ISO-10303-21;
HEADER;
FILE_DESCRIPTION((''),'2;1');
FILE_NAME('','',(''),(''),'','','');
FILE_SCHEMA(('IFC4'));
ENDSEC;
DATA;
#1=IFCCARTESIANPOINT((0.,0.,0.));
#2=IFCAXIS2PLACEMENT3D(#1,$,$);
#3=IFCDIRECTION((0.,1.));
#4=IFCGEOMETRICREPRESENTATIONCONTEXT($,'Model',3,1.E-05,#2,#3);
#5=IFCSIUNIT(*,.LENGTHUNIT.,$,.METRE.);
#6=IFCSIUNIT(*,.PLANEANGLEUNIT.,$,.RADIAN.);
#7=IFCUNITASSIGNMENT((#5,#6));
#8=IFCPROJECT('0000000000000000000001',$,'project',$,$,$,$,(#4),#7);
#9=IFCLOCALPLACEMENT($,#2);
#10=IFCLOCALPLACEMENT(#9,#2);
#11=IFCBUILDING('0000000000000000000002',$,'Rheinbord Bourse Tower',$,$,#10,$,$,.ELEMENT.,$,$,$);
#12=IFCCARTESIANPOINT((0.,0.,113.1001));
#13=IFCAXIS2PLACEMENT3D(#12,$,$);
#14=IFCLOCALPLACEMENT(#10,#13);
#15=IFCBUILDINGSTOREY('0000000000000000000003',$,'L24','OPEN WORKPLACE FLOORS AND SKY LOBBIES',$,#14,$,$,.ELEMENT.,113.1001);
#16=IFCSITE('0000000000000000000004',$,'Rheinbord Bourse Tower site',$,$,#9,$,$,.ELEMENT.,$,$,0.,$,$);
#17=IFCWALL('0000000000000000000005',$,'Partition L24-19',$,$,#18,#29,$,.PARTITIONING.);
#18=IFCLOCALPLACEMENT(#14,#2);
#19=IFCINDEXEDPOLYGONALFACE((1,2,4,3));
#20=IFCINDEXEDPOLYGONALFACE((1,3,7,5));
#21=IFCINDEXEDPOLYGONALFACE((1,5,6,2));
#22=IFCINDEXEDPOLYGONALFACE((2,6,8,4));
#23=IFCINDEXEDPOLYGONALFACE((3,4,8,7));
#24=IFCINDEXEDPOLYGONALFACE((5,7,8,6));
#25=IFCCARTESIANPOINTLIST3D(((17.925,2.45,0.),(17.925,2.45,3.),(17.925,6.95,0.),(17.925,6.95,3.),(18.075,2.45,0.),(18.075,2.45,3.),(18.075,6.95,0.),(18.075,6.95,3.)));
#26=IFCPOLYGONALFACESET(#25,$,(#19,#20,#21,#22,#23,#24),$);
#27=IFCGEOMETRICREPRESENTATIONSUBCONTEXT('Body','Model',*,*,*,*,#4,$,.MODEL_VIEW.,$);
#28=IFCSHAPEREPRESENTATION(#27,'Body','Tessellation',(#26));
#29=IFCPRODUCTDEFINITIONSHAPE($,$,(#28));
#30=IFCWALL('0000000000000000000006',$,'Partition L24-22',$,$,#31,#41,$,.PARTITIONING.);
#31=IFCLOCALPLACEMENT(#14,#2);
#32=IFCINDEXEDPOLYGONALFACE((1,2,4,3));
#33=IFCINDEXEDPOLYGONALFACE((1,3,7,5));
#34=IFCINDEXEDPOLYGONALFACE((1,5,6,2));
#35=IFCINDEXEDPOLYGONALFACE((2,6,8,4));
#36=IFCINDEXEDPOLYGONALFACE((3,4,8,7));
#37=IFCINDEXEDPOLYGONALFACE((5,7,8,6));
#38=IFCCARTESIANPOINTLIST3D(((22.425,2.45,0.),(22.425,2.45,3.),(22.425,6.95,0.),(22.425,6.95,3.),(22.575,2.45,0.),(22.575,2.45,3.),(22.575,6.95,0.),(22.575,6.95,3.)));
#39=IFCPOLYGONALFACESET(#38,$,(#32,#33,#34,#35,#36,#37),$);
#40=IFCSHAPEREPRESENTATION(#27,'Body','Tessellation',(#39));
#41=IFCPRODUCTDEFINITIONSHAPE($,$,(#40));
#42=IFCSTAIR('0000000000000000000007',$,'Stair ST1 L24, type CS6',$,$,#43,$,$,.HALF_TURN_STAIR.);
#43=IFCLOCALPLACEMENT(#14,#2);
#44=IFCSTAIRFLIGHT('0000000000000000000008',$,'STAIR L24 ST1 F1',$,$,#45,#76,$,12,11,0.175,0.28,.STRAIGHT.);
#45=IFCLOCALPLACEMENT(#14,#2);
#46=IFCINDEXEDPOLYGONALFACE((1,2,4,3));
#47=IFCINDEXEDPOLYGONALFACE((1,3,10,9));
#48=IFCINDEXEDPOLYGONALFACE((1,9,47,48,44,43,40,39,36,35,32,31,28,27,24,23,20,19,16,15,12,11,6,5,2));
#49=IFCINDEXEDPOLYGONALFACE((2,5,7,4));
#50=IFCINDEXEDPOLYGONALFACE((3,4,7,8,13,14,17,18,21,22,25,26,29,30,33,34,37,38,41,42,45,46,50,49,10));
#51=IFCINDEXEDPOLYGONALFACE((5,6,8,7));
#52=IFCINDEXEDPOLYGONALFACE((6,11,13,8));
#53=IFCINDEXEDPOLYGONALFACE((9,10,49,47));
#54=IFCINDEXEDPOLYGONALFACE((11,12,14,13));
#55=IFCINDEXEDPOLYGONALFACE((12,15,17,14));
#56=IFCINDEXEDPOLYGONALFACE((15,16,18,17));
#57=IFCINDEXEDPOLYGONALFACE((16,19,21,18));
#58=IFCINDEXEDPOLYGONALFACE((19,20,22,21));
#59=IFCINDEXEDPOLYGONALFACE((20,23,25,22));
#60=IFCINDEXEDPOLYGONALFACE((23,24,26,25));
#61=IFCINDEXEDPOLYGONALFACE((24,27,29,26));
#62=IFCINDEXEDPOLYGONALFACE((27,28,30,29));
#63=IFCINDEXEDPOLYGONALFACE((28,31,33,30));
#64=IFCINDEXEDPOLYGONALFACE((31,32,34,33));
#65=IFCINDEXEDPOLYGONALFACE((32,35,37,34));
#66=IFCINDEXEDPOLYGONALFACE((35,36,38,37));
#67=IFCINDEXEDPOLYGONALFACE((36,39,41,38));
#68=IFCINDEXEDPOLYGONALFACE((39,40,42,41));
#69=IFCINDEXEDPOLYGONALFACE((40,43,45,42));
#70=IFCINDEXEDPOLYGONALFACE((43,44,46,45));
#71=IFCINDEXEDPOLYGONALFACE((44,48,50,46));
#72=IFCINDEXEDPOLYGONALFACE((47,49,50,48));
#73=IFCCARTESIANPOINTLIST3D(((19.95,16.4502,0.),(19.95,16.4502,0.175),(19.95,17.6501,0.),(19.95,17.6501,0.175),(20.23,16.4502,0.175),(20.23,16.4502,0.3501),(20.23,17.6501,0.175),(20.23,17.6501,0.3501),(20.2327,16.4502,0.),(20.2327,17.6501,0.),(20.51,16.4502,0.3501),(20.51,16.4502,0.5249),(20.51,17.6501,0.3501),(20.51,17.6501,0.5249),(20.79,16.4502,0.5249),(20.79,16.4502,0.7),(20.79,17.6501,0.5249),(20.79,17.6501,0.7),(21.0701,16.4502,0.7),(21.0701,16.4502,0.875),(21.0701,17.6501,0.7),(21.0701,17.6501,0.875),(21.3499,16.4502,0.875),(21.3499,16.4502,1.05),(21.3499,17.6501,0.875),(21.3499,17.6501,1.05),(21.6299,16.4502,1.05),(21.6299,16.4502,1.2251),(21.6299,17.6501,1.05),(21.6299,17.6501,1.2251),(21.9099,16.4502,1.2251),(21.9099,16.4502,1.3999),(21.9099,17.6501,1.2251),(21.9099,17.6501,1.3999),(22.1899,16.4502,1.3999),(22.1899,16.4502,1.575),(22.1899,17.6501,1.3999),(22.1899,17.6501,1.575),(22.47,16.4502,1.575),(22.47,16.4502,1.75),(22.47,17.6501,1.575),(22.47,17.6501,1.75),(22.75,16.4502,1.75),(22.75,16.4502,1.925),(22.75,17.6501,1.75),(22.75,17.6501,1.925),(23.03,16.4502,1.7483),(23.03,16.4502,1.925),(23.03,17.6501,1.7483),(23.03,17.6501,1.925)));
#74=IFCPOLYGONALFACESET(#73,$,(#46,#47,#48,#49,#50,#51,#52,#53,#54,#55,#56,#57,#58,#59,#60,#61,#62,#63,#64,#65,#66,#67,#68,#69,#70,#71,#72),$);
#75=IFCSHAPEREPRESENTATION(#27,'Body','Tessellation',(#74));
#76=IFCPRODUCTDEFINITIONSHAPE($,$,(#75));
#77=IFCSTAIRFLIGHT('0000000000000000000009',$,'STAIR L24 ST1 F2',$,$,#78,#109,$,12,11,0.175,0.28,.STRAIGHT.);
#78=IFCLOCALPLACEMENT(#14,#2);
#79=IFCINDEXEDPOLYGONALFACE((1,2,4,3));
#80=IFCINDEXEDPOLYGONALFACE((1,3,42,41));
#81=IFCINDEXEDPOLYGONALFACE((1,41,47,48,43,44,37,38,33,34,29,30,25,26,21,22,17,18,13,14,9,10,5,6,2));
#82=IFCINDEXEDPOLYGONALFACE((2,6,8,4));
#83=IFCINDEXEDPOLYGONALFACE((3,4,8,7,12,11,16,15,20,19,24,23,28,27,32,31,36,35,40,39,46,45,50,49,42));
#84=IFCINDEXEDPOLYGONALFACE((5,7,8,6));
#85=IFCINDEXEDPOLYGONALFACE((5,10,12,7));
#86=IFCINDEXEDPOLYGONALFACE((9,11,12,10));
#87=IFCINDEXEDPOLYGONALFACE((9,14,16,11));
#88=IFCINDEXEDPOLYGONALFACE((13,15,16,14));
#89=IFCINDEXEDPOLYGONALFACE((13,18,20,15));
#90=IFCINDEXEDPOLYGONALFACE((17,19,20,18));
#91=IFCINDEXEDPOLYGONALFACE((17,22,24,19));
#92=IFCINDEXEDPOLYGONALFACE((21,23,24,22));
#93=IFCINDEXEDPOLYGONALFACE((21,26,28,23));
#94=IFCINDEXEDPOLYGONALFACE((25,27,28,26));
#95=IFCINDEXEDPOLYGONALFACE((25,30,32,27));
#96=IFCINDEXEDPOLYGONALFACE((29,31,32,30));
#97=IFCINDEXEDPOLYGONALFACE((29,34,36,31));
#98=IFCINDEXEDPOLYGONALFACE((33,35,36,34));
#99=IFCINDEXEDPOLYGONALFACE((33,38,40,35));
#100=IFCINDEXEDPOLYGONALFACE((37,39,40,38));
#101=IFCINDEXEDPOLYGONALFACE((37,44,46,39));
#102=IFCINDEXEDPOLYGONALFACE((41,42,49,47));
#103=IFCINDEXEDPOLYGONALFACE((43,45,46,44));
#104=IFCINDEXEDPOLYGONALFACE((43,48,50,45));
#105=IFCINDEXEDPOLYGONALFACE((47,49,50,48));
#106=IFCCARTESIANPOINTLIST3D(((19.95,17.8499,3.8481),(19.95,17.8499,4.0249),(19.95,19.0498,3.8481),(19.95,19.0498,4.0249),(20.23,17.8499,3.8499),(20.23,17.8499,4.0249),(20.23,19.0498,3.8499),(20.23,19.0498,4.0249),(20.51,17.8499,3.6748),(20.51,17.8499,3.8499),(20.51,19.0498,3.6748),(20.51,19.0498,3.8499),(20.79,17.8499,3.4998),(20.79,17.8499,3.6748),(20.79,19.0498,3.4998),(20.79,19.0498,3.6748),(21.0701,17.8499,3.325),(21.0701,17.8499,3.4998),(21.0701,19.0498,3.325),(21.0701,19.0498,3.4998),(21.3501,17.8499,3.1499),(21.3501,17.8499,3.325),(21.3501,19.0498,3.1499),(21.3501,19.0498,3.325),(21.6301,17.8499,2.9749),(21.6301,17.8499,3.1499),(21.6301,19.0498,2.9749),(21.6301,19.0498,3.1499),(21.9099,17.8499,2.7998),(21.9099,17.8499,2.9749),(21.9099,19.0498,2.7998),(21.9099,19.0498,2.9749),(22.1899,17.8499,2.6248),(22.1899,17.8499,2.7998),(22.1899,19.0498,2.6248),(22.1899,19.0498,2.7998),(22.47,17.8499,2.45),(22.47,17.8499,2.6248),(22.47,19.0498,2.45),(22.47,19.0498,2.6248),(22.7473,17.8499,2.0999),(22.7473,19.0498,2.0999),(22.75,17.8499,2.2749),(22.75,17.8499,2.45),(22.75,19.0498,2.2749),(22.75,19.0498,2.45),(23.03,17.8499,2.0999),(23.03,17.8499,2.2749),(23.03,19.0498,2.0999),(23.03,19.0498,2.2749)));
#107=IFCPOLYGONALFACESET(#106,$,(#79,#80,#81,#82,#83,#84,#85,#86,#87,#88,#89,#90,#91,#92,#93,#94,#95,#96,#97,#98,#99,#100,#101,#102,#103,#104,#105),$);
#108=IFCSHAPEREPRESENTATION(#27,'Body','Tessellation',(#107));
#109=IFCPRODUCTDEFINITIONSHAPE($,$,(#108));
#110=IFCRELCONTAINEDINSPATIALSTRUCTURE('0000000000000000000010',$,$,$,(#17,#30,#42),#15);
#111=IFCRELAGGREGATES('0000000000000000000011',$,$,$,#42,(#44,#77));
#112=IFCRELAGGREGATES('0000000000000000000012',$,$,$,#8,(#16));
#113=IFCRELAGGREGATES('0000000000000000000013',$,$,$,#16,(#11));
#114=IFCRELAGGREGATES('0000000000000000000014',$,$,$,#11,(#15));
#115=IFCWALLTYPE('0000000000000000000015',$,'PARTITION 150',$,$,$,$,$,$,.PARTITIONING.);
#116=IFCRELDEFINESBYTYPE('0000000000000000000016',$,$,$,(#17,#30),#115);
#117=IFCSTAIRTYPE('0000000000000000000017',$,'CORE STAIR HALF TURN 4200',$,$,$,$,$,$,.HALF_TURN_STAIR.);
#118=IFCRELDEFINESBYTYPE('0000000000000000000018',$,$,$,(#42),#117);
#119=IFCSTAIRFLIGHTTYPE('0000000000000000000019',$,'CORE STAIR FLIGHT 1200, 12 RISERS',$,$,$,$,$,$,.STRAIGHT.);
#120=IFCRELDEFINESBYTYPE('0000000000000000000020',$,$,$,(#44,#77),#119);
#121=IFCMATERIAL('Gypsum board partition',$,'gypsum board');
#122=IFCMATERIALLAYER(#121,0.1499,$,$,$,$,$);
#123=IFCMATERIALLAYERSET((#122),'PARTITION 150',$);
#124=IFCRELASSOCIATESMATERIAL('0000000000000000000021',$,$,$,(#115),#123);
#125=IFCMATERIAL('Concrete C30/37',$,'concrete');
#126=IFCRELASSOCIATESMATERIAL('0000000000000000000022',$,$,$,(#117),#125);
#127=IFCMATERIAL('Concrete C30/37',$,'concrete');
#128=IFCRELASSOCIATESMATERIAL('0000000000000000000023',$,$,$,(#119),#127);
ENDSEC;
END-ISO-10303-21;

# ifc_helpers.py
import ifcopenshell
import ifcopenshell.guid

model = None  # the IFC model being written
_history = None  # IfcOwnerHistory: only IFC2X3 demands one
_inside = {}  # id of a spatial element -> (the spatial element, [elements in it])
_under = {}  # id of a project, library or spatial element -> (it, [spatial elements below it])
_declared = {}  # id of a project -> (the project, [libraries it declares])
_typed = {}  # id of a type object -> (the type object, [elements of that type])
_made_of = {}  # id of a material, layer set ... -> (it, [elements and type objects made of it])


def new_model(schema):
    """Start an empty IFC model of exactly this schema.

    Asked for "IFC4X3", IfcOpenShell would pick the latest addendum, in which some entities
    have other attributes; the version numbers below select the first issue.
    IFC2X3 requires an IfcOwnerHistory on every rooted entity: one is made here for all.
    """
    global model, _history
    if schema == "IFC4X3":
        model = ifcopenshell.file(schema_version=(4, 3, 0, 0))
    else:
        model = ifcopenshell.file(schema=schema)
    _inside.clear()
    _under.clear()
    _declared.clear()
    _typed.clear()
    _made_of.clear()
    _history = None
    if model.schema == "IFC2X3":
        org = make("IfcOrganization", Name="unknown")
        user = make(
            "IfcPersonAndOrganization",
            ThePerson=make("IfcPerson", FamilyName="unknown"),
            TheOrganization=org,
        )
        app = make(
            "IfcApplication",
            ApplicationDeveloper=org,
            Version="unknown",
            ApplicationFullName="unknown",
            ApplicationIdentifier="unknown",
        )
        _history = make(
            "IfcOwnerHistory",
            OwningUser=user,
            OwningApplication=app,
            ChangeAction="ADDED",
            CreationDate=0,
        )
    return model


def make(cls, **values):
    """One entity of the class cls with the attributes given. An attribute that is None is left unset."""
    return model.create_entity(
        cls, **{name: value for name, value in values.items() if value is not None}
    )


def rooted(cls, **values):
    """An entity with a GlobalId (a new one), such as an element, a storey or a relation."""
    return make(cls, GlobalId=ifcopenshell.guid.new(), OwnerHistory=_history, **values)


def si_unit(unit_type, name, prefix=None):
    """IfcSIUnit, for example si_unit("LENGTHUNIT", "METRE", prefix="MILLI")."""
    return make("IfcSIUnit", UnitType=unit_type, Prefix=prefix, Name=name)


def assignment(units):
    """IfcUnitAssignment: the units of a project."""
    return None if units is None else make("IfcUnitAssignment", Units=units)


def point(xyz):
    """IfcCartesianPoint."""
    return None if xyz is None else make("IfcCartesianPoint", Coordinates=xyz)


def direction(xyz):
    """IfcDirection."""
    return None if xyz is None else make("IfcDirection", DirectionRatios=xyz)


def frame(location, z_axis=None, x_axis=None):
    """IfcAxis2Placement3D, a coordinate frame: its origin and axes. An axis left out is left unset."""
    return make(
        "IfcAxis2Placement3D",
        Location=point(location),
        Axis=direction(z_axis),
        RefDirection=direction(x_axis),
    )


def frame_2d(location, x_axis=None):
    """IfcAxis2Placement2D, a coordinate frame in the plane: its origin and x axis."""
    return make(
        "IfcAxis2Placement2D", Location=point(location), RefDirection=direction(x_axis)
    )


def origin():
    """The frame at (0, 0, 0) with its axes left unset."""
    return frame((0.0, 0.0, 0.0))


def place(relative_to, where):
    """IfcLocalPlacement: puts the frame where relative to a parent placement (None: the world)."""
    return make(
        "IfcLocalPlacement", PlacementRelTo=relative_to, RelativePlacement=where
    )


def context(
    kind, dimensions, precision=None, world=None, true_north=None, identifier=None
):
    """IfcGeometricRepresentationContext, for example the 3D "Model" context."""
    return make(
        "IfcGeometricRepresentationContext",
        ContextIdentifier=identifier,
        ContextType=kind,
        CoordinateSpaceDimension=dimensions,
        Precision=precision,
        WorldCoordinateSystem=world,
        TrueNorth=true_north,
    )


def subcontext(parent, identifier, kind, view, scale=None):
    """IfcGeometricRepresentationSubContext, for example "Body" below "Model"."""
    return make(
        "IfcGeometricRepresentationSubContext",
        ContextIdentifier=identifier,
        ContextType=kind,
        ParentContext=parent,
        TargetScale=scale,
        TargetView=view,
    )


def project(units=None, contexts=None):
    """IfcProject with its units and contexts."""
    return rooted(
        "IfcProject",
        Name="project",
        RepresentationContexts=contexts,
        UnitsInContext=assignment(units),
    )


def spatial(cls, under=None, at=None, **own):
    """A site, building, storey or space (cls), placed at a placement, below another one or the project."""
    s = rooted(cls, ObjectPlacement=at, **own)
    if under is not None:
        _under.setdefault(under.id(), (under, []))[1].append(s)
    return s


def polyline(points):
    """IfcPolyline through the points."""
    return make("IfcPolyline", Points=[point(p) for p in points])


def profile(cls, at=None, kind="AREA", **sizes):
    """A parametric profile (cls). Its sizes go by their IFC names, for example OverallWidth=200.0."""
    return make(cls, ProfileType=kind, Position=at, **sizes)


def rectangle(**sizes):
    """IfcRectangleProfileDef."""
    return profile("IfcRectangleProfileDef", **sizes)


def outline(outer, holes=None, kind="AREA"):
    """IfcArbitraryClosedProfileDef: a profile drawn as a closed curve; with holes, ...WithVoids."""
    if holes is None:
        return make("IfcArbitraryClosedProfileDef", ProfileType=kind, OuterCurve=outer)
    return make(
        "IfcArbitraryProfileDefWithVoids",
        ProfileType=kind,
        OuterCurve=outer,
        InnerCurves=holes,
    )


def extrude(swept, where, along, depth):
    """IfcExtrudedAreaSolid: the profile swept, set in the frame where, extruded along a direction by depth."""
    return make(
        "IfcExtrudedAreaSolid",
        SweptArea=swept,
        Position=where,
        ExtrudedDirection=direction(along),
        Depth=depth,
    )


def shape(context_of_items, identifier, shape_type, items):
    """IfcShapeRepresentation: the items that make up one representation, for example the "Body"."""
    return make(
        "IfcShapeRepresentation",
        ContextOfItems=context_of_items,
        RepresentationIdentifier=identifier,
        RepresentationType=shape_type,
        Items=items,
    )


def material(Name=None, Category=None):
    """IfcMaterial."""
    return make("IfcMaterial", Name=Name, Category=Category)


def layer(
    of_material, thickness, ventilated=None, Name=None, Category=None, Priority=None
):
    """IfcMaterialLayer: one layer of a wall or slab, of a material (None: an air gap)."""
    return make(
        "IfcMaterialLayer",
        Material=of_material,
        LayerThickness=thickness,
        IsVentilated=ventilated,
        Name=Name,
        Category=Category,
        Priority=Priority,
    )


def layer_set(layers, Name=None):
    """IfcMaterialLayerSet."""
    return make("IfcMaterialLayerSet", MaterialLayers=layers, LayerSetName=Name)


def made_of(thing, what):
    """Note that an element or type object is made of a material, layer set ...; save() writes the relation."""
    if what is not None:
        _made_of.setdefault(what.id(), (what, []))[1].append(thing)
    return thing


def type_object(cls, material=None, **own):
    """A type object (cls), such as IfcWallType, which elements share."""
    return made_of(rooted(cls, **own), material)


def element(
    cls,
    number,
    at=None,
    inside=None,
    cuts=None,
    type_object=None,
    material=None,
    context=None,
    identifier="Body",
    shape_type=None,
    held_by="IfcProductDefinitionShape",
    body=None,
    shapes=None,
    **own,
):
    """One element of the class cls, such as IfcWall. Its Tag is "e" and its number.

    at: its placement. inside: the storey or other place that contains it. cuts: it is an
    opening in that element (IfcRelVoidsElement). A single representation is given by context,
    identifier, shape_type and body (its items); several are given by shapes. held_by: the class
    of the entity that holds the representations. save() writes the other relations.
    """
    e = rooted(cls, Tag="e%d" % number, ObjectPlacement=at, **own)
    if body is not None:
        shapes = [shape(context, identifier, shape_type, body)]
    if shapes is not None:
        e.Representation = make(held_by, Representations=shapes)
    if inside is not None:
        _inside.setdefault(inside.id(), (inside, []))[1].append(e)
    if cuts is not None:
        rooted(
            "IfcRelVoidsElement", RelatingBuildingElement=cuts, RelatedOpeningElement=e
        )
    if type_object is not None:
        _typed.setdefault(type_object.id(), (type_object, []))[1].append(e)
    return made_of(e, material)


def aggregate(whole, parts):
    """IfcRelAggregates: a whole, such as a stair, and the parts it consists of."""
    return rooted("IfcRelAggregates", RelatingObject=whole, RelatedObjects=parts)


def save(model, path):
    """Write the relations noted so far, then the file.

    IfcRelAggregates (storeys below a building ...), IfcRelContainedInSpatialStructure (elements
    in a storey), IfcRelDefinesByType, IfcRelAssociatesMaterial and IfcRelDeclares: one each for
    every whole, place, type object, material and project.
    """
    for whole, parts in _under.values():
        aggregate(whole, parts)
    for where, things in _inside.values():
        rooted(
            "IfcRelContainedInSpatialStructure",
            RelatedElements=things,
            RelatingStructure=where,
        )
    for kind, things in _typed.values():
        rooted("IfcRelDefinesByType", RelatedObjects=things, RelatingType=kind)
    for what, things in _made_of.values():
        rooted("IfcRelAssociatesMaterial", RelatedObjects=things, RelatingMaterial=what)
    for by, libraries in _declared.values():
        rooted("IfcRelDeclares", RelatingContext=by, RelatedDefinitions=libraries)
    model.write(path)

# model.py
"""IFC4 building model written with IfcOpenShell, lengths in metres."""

from ifc_helpers import new_model, si_unit, direction, frame, frame_2d, origin, place, context, subcontext, project, spatial, polyline, rectangle, outline, extrude, material, layer, layer_set, type_object, element, aggregate, save


model = new_model("IFC4")

# Units and contexts
model_context = context("Model", 3, precision=1e-05, world=origin(), true_north=direction((0.0, 1.0)))
body_context = subcontext(model_context, "Body", "Model", "MODEL_VIEW")
ifc_project = project(units=[si_unit("LENGTHUNIT", "METRE"), si_unit("PLANEANGLEUNIT", "RADIAN")], contexts=[model_context])

# Site, building, storey
site_placement = place(None, origin())
site = spatial("IfcSite", under=ifc_project, at=site_placement, Name="Rheinbord Bourse Tower site", CompositionType="ELEMENT", RefElevation=0.0)
building_placement = place(site_placement, origin())
building = spatial("IfcBuilding", under=site, at=building_placement, Name="Rheinbord Bourse Tower", CompositionType="ELEMENT")
storey_placement = place(building_placement, frame((0.0, 0.0, 113.1001)))
storey = spatial("IfcBuildingStorey", under=building, at=storey_placement, Name="L24", Description="OPEN WORKPLACE FLOORS AND SKY LOBBIES", CompositionType="ELEMENT", Elevation=113.1001)

# Shared definitions
ifc_material_1 = material(Name="Gypsum board partition", Category="gypsum board")
ifc_layer_1 = layer(ifc_material_1, 0.1499)
ifc_layer_set_1 = layer_set([ifc_layer_1], Name="PARTITION 150")
wall_type_1 = type_object("IfcWallType", Name="PARTITION 150", PredefinedType="PARTITIONING", material=ifc_layer_set_1)

# Walls
for number, where, z_axis, x_axis, name in (
    (1, (18.0, 2.45, 0.0), (0.0, 0.0, 1.0), (0.0, 1.0, 0.0), "Partition L24-19"),
    (2, (22.5, 2.45, 0.0), (0.0, 0.0, 1.0), (0.0, 1.0, 0.0), "Partition L24-22"),
):
    element("IfcWall", number, at=place(storey_placement, frame(where, z_axis=z_axis, x_axis=x_axis)), inside=storey, type_object=wall_type_1, Name=name, PredefinedType="PARTITIONING", context=body_context, shape_type="SweptSolid", body=[
        extrude(rectangle(XDim=4.5, YDim=0.1499, at=frame_2d((2.25, 0.0))), origin(), (0.0, 0.0, 1.0), 3.0),
    ])

# Stair, stair flights
ifc_material_2 = material(Name="Concrete C30/37", Category="concrete")
stair_type = type_object("IfcStairType", Name="CORE STAIR HALF TURN 4200", PredefinedType="HALF_TURN_STAIR", material=ifc_material_2)
stair_placement = place(storey_placement, origin())
stair = element("IfcStair", 3, at=stair_placement, inside=storey, type_object=stair_type, Name="Stair ST1 L24, type CS6", PredefinedType="HALF_TURN_STAIR")
ifc_material_3 = material(Name="Concrete C30/37", Category="concrete")
stair_flight_type = type_object("IfcStairFlightType", Name="CORE STAIR FLIGHT 1200, 12 RISERS", PredefinedType="STRAIGHT", material=ifc_material_3)
stair_flight_1_placement = place(storey_placement, frame((19.95, 17.05, 0.0), z_axis=(0.0, 0.0, 1.0), x_axis=(1.0, 0.0, 0.0)))
stair_flight_1 = element("IfcStairFlight", 4, at=stair_flight_1_placement, type_object=stair_flight_type, Name="STAIR L24 ST1 F1", NumberOfRisers=12, NumberOfTreads=11, PredefinedType="STRAIGHT", RiserHeight=0.175, TreadLength=0.28, context=body_context, shape_type="SweptSolid", body=[
    extrude(outline(polyline([(0.0, 0.0), (0.0, 0.175), (0.28, 0.175), (0.28, 0.3501), (0.5601, 0.3501), (0.5601, 0.5249), (0.8401, 0.5249), (0.8401, 0.7), (1.1201, 0.7), (1.1201, 0.875), (1.3999, 0.875), (1.3999, 1.05), (1.6799, 1.05), (1.6799, 1.2251), (1.96, 1.2251), (1.96, 1.3999), (2.24, 1.3999), (2.24, 1.575), (2.52, 1.575), (2.52, 1.75), (2.8, 1.75), (2.8, 1.925), (3.0801, 1.925), (3.0801, 2.1001), (3.0801, 1.7483), (0.2827, 0.0), (0.0, 0.0)])), frame((0.0, 0.6001, 0.0), z_axis=(0.0, -1.0, 0.0), x_axis=(1.0, 0.0, 0.0)), (0.0, 0.0, 1.0), 1.2),
])
stair_flight_2_placement = place(storey_placement, frame((23.03, 18.45, 2.0999), z_axis=(0.0, 0.0, 1.0), x_axis=(-1.0, 0.0, 0.0)))
stair_flight_2 = element("IfcStairFlight", 5, at=stair_flight_2_placement, type_object=stair_flight_type, Name="STAIR L24 ST1 F2", NumberOfRisers=12, NumberOfTreads=11, PredefinedType="STRAIGHT", RiserHeight=0.175, TreadLength=0.28, context=body_context, shape_type="SweptSolid", body=[
    extrude(outline(polyline([(0.0, 0.0), (0.0, 0.175), (0.28, 0.175), (0.28, 0.3501), (0.5601, 0.3501), (0.5601, 0.5249), (0.8401, 0.5249), (0.8401, 0.7), (1.1201, 0.7), (1.1201, 0.875), (1.3999, 0.875), (1.3999, 1.05), (1.6799, 1.05), (1.6799, 1.2251), (1.96, 1.2251), (1.96, 1.3999), (2.24, 1.3999), (2.24, 1.575), (2.52, 1.575), (2.52, 1.75), (2.8, 1.75), (2.8, 1.925), (3.0801, 1.925), (3.0801, 2.1001), (3.0801, 1.7483), (0.2827, 0.0), (0.0, 0.0)])), frame((0.0, 0.6001, 0.0), z_axis=(0.0, -1.0, 0.0), x_axis=(1.0, 0.0, 0.0)), (0.0, 0.0, 1.0), 1.2),
])
aggregate(stair, [stair_flight_1, stair_flight_2])

save(model, "model.ifc")
